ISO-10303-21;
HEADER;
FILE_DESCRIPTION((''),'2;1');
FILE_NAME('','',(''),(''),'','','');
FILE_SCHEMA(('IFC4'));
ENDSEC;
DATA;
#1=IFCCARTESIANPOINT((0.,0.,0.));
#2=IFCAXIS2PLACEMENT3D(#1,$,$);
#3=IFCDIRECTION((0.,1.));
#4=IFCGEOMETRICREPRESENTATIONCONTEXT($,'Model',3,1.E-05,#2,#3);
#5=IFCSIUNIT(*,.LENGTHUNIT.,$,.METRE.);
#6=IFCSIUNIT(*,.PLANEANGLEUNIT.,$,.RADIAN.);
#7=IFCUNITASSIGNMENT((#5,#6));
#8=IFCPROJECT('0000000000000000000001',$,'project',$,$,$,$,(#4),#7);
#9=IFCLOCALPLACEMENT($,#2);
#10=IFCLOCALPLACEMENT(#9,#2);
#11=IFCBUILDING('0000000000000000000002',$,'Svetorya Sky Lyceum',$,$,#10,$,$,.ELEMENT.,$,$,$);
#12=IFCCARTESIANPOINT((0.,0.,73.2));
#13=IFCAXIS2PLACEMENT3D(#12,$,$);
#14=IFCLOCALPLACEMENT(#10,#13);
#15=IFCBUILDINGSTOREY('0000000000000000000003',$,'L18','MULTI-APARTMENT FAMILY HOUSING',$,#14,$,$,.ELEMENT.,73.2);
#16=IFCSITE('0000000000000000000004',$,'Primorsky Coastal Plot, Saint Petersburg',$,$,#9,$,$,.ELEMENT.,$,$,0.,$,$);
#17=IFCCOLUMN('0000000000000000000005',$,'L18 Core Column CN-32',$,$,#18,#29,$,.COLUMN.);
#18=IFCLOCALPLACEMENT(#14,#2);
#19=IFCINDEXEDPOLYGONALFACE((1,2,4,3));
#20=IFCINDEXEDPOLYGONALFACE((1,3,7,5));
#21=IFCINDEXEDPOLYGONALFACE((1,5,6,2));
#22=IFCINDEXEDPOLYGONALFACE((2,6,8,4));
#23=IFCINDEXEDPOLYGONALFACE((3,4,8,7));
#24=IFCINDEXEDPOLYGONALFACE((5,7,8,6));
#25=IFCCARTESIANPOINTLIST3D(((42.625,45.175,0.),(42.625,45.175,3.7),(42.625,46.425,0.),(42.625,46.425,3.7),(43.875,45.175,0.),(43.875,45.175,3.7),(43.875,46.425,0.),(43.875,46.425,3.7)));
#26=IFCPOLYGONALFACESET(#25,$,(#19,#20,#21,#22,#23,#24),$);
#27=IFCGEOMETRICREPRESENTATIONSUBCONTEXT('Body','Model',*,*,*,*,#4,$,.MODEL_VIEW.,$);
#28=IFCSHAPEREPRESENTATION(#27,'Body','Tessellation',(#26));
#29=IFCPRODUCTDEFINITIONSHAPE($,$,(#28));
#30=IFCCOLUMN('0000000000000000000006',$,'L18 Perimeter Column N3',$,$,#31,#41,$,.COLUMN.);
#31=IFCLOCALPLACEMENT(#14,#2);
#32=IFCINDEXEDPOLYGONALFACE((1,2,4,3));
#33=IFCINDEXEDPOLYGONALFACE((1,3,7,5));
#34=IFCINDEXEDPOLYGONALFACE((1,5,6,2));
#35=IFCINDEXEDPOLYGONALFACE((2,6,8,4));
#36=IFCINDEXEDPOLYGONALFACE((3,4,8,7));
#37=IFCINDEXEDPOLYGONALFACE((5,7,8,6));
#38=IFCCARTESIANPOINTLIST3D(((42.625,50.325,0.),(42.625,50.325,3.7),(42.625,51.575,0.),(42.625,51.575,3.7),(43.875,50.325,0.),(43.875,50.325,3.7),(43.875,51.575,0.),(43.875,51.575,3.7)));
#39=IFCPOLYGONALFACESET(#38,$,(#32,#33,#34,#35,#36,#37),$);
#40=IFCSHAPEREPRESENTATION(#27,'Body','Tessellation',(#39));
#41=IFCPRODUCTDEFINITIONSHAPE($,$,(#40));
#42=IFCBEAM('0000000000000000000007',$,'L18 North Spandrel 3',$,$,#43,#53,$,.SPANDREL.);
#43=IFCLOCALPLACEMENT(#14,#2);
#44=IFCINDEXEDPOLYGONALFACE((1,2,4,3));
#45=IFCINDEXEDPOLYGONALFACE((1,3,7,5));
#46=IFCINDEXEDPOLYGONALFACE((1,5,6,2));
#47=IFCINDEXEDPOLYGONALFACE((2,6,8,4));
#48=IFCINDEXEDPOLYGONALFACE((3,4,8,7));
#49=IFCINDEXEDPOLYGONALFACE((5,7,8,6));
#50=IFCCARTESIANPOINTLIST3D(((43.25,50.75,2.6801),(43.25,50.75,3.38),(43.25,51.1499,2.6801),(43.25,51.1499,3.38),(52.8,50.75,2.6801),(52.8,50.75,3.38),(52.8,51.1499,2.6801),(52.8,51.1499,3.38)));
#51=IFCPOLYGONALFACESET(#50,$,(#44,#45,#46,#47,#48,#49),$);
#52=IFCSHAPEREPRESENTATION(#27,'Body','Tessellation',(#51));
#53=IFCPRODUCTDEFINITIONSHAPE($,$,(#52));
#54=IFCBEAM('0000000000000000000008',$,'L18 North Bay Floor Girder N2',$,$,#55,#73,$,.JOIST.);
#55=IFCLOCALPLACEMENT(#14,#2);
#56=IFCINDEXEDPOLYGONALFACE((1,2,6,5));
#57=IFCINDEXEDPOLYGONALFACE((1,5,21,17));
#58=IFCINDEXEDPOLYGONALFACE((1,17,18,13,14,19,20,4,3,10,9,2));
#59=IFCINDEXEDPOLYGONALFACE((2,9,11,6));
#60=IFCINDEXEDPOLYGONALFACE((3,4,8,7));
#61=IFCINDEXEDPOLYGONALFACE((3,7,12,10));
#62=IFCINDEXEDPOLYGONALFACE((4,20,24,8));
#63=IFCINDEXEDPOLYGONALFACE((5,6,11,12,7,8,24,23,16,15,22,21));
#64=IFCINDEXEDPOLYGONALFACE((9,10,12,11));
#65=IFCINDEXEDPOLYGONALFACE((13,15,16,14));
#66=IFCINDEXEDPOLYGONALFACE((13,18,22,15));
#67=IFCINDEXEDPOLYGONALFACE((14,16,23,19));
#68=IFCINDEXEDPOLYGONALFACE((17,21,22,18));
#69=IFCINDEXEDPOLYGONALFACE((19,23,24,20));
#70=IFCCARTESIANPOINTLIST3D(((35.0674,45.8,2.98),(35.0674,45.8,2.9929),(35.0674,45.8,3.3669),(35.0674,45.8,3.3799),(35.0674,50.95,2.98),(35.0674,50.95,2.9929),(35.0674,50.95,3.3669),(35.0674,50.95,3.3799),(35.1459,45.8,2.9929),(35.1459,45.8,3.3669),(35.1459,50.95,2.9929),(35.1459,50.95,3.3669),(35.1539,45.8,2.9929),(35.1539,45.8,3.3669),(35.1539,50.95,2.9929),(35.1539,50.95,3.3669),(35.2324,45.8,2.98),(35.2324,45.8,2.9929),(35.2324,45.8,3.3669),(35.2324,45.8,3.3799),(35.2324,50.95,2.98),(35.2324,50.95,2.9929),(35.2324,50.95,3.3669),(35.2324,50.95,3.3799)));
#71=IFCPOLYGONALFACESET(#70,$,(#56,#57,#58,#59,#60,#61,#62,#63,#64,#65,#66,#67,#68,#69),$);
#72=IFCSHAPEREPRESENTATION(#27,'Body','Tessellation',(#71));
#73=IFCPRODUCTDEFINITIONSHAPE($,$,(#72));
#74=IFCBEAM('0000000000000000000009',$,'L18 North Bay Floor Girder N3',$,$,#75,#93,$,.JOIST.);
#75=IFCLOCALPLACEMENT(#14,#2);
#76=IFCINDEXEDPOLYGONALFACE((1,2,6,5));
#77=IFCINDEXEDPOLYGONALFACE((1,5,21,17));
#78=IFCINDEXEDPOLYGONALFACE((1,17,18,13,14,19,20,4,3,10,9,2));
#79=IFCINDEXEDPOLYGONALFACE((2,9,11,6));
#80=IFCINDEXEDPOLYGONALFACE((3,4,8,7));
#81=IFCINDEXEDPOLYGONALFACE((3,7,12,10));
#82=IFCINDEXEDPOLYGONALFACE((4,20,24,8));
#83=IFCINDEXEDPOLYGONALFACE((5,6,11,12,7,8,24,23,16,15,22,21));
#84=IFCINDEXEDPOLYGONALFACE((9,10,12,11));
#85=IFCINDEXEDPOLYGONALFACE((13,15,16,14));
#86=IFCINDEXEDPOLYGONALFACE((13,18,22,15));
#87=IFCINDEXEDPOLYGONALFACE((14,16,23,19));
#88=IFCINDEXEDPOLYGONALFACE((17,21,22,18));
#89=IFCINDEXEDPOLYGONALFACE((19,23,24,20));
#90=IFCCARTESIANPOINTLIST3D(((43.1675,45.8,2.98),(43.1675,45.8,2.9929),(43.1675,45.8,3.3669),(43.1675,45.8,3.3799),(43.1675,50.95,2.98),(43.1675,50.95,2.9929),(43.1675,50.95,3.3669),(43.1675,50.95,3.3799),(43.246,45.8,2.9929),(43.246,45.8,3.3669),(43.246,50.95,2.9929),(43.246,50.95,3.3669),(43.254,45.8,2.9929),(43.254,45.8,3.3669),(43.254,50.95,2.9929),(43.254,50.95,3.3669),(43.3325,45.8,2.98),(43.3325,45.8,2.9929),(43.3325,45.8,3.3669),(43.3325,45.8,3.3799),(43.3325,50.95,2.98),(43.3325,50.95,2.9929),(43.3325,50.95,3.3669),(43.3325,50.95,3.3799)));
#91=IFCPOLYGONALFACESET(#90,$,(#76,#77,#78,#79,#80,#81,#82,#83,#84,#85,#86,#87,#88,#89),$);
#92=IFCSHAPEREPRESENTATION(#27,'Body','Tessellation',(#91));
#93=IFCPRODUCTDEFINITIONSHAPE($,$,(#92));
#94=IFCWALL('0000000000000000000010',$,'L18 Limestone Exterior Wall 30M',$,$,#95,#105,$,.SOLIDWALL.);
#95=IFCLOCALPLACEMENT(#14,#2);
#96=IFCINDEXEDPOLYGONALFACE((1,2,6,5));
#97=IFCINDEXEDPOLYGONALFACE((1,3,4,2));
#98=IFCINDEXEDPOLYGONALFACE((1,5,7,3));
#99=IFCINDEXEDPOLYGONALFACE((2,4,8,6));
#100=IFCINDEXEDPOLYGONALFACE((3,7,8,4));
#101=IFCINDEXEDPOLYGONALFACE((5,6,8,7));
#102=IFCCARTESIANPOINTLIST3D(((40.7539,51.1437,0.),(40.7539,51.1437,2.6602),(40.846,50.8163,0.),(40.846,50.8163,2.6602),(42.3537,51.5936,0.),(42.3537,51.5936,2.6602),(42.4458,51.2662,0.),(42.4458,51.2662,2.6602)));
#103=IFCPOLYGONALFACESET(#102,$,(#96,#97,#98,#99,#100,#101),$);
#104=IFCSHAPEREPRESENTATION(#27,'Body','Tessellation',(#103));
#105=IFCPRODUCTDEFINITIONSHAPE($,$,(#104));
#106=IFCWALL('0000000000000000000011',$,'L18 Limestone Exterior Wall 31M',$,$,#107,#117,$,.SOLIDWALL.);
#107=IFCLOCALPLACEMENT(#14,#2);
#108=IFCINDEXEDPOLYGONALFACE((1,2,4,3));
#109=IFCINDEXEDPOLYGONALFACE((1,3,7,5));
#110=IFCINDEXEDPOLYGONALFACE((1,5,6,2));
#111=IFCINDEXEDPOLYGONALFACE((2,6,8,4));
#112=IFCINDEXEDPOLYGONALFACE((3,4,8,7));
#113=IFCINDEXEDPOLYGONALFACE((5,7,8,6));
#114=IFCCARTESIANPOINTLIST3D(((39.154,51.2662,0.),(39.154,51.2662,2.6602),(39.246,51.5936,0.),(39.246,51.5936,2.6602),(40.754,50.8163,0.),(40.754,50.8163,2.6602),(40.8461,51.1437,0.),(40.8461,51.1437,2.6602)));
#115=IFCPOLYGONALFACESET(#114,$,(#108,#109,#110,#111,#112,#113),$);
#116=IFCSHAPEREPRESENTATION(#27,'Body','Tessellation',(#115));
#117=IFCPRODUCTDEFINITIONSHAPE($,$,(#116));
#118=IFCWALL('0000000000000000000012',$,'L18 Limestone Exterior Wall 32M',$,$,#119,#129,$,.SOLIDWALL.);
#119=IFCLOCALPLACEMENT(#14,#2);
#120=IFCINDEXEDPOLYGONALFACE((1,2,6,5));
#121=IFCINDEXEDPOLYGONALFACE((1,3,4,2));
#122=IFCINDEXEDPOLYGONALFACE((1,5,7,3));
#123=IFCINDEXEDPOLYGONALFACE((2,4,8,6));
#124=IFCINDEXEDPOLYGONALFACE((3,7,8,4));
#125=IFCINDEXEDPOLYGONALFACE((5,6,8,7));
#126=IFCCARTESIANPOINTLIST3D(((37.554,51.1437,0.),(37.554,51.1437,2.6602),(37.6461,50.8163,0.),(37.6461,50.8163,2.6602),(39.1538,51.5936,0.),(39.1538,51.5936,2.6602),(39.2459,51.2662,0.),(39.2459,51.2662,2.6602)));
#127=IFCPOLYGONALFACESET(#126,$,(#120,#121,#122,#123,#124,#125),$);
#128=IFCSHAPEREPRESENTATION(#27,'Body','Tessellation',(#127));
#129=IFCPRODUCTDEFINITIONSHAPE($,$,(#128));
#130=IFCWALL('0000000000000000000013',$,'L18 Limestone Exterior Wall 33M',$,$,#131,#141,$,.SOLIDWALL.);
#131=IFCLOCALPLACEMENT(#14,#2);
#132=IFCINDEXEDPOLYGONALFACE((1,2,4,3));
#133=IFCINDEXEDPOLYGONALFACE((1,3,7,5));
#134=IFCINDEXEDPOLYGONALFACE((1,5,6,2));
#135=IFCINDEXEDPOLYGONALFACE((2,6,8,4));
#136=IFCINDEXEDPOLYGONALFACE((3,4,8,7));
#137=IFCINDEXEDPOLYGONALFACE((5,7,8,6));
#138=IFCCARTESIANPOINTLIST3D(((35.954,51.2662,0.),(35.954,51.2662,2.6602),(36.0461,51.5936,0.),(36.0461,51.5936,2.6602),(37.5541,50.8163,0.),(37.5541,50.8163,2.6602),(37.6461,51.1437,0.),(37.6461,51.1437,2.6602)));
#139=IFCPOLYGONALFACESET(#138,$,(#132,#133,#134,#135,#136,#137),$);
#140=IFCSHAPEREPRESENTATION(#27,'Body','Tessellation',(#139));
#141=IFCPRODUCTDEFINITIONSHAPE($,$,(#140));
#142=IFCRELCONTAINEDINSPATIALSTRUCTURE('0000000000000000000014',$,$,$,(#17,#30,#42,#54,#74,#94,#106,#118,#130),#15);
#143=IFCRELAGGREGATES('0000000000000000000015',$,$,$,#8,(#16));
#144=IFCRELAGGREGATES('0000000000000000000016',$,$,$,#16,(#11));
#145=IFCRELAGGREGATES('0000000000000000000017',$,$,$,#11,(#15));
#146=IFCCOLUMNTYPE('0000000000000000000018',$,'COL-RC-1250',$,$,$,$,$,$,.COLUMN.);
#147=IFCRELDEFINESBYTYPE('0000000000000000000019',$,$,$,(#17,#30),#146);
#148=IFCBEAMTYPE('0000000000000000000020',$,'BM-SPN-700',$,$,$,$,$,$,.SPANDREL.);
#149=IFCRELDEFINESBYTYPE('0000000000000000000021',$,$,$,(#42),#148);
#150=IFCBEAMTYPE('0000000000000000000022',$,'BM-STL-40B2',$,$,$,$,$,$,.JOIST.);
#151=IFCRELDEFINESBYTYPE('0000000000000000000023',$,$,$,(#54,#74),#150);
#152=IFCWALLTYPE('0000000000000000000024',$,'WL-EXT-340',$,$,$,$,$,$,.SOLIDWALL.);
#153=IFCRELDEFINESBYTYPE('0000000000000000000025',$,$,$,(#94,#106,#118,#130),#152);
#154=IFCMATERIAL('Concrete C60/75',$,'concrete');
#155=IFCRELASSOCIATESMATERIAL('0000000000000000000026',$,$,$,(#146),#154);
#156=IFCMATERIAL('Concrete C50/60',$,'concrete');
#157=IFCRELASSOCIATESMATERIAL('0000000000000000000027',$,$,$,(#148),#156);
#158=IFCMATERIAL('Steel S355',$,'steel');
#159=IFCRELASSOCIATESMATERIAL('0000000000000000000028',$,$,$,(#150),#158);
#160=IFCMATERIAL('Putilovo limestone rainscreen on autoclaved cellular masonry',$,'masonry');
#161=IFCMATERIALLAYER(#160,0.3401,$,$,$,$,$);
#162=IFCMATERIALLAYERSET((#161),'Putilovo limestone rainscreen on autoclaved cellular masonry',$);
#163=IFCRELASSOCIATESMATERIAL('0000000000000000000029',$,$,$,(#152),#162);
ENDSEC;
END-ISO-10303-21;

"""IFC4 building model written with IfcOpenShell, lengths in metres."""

from ifc_helpers import new_model, si_unit, direction, frame, frame_2d, origin, origin_2d, place, context, subcontext, project, spatial, rectangle, i_section, extrude, material, layer, layer_set, material_profile, profile_set, type_object, element, save


model = new_model("IFC4")

# Units and contexts
model_context = context("Model", 3, precision=1e-05, world=origin(), true_north=direction((0.0, 1.0)))
body_context = subcontext(model_context, "Body", "Model", "MODEL_VIEW")
ifc_project = project(units=[si_unit("LENGTHUNIT", "METRE"), si_unit("PLANEANGLEUNIT", "RADIAN")], contexts=[model_context])

# Site, building, storey
site_placement = place(None, origin())
site = spatial("IfcSite", under=ifc_project, at=site_placement, Name="Primorsky Coastal Plot, Saint Petersburg", CompositionType="ELEMENT", RefElevation=0.0)
building_placement = place(site_placement, origin())
building = spatial("IfcBuilding", under=site, at=building_placement, Name="Svetorya Sky Lyceum", CompositionType="ELEMENT")
storey_placement = place(building_placement, frame((0.0, 0.0, 73.2)))
storey = spatial("IfcBuildingStorey", under=building, at=storey_placement, Name="L18", Description="MULTI-APARTMENT FAMILY HOUSING", CompositionType="ELEMENT", Elevation=73.2)

# Columns
ifc_material_1 = material(Name="Concrete C60/75", Category="concrete")
ifc_material_profile_1 = material_profile(ifc_material_1, rectangle(XDim=1.25, YDim=1.25, at=origin_2d()), Name="RC COL 1250x1250")
ifc_profile_set_1 = profile_set([ifc_material_profile_1], Name="Concrete C60/75")
column_type = type_object("IfcColumnType", Name="COL-RC-1250", PredefinedType="COLUMN", material=ifc_profile_set_1)
for number, where, z_axis, x_axis, name in (
    (1, (43.25, 45.8, 0.0), (0.0, 0.0, 1.0), (1.0, 0.0, 0.0), "L18 Core Column CN-32"),
    (2, (43.25, 50.95, 0.0), (0.0, 0.0, 1.0), (1.0, 0.0, 0.0), "L18 Perimeter Column N3"),
):
    element("IfcColumn", number, at=place(storey_placement, frame(where, z_axis=z_axis, x_axis=x_axis)), inside=storey, type_object=column_type, Name=name, PredefinedType="COLUMN", context=body_context, shape_type="SweptSolid", body=[
        extrude(rectangle(XDim=1.25, YDim=1.25, at=origin_2d()), origin(), (0.0, 0.0, 1.0), 3.7),
    ])

# Beams
ifc_material_2 = material(Name="Concrete C50/60", Category="concrete")
ifc_material_profile_2 = material_profile(ifc_material_2, rectangle(XDim=0.3999, YDim=0.7, at=origin_2d()), Name="RC SPANDREL 400x700")
ifc_profile_set_2 = profile_set([ifc_material_profile_2], Name="Concrete C50/60")
beam_type_1 = type_object("IfcBeamType", Name="BM-SPN-700", PredefinedType="SPANDREL", material=ifc_profile_set_2)
beam_placement = place(storey_placement, frame((43.25, 50.95, 3.03), z_axis=(1.0, 0.0, 0.0), x_axis=(0.0, 1.0, 0.0)))
element("IfcBeam", 3, at=beam_placement, inside=storey, type_object=beam_type_1, Name="L18 North Spandrel 3", PredefinedType="SPANDREL", context=body_context, shape_type="SweptSolid", body=[
    extrude(rectangle(XDim=0.3999, YDim=0.7, at=origin_2d()), origin(), (0.0, 0.0, 1.0), 9.55),
])
ifc_material_3 = material(Name="Steel S355", Category="steel")
ifc_material_profile_3 = material_profile(ifc_material_3, i_section(OverallWidth=0.165, OverallDepth=0.3999, WebThickness=0.0081, FlangeThickness=0.0129, at=origin_2d()), Name="GOST 40B2")
ifc_profile_set_3 = profile_set([ifc_material_profile_3], Name="Steel S355")
beam_type_2 = type_object("IfcBeamType", Name="BM-STL-40B2", PredefinedType="JOIST", material=ifc_profile_set_3)
for number, where, z_axis, x_axis, name in (
    (4, (35.1499, 45.8, 3.1799), (0.0, 1.0, 0.0), (-1.0, 0.0, 0.0), "L18 North Bay Floor Girder N2"),
    (5, (43.25, 45.8, 3.1799), (0.0, 1.0, 0.0), (-1.0, 0.0, 0.0), "L18 North Bay Floor Girder N3"),
):
    element("IfcBeam", number, at=place(storey_placement, frame(where, z_axis=z_axis, x_axis=x_axis)), inside=storey, type_object=beam_type_2, Name=name, PredefinedType="JOIST", context=body_context, shape_type="SweptSolid", body=[
        extrude(i_section(OverallWidth=0.165, OverallDepth=0.3999, WebThickness=0.0081, FlangeThickness=0.0129, at=origin_2d()), origin(), (0.0, 0.0, 1.0), 5.1499),
    ])

# Walls
ifc_material_4 = material(Name="Putilovo limestone rainscreen on autoclaved cellular masonry", Category="masonry")
ifc_layer_1 = layer(ifc_material_4, 0.3401)
ifc_layer_set_1 = layer_set([ifc_layer_1], Name="Putilovo limestone rainscreen on autoclaved cellular masonry")
wall_type_1 = type_object("IfcWallType", Name="WL-EXT-340", PredefinedType="SOLIDWALL", material=ifc_layer_set_1)
wall_1_placement = place(storey_placement, frame((42.3999, 51.4299, 0.0), z_axis=(0.0, 0.0, 1.0), x_axis=(-0.962652, -0.270741, 0.0)))
element("IfcWall", 6, at=wall_1_placement, inside=storey, type_object=wall_type_1, Name="L18 Limestone Exterior Wall 30M", PredefinedType="SOLIDWALL", context=body_context, shape_type="SweptSolid", body=[
    extrude(rectangle(XDim=1.6619, YDim=0.3401, at=frame_2d((0.8311, 0.0))), origin(), (0.0, 0.0, 1.0), 2.6602),
])
wall_2_placement = place(storey_placement, frame((40.8, 50.98, 0.0), z_axis=(0.0, 0.0, 1.0), x_axis=(-0.962663, 0.270703, 0.0)))
element("IfcWall", 7, at=wall_2_placement, inside=storey, type_object=wall_type_1, Name="L18 Limestone Exterior Wall 31M", PredefinedType="SOLIDWALL", context=body_context, shape_type="SweptSolid", body=[
    extrude(rectangle(XDim=1.6621, YDim=0.3401, at=frame_2d((0.8311, 0.0))), origin(), (0.0, 0.0, 1.0), 2.6602),
])
wall_3_placement = place(storey_placement, frame((39.2, 51.4299, 0.0), z_axis=(0.0, 0.0, 1.0), x_axis=(-0.962652, -0.270741, 0.0)))
element("IfcWall", 8, at=wall_3_placement, inside=storey, type_object=wall_type_1, Name="L18 Limestone Exterior Wall 32M", PredefinedType="SOLIDWALL", context=body_context, shape_type="SweptSolid", body=[
    extrude(rectangle(XDim=1.6619, YDim=0.3401, at=frame_2d((0.8311, 0.0))), origin(), (0.0, 0.0, 1.0), 2.6602),
])
wall_4_placement = place(storey_placement, frame((37.6001, 50.98, 0.0), z_axis=(0.0, 0.0, 1.0), x_axis=(-0.962663, 0.270703, 0.0)))
element("IfcWall", 9, at=wall_4_placement, inside=storey, type_object=wall_type_1, Name="L18 Limestone Exterior Wall 33M", PredefinedType="SOLIDWALL", context=body_context, shape_type="SweptSolid", body=[
    extrude(rectangle(XDim=1.6621, YDim=0.3401, at=frame_2d((0.8311, 0.0))), origin(), (0.0, 0.0, 1.0), 2.6602),
])

save(model, "model.ifc")
